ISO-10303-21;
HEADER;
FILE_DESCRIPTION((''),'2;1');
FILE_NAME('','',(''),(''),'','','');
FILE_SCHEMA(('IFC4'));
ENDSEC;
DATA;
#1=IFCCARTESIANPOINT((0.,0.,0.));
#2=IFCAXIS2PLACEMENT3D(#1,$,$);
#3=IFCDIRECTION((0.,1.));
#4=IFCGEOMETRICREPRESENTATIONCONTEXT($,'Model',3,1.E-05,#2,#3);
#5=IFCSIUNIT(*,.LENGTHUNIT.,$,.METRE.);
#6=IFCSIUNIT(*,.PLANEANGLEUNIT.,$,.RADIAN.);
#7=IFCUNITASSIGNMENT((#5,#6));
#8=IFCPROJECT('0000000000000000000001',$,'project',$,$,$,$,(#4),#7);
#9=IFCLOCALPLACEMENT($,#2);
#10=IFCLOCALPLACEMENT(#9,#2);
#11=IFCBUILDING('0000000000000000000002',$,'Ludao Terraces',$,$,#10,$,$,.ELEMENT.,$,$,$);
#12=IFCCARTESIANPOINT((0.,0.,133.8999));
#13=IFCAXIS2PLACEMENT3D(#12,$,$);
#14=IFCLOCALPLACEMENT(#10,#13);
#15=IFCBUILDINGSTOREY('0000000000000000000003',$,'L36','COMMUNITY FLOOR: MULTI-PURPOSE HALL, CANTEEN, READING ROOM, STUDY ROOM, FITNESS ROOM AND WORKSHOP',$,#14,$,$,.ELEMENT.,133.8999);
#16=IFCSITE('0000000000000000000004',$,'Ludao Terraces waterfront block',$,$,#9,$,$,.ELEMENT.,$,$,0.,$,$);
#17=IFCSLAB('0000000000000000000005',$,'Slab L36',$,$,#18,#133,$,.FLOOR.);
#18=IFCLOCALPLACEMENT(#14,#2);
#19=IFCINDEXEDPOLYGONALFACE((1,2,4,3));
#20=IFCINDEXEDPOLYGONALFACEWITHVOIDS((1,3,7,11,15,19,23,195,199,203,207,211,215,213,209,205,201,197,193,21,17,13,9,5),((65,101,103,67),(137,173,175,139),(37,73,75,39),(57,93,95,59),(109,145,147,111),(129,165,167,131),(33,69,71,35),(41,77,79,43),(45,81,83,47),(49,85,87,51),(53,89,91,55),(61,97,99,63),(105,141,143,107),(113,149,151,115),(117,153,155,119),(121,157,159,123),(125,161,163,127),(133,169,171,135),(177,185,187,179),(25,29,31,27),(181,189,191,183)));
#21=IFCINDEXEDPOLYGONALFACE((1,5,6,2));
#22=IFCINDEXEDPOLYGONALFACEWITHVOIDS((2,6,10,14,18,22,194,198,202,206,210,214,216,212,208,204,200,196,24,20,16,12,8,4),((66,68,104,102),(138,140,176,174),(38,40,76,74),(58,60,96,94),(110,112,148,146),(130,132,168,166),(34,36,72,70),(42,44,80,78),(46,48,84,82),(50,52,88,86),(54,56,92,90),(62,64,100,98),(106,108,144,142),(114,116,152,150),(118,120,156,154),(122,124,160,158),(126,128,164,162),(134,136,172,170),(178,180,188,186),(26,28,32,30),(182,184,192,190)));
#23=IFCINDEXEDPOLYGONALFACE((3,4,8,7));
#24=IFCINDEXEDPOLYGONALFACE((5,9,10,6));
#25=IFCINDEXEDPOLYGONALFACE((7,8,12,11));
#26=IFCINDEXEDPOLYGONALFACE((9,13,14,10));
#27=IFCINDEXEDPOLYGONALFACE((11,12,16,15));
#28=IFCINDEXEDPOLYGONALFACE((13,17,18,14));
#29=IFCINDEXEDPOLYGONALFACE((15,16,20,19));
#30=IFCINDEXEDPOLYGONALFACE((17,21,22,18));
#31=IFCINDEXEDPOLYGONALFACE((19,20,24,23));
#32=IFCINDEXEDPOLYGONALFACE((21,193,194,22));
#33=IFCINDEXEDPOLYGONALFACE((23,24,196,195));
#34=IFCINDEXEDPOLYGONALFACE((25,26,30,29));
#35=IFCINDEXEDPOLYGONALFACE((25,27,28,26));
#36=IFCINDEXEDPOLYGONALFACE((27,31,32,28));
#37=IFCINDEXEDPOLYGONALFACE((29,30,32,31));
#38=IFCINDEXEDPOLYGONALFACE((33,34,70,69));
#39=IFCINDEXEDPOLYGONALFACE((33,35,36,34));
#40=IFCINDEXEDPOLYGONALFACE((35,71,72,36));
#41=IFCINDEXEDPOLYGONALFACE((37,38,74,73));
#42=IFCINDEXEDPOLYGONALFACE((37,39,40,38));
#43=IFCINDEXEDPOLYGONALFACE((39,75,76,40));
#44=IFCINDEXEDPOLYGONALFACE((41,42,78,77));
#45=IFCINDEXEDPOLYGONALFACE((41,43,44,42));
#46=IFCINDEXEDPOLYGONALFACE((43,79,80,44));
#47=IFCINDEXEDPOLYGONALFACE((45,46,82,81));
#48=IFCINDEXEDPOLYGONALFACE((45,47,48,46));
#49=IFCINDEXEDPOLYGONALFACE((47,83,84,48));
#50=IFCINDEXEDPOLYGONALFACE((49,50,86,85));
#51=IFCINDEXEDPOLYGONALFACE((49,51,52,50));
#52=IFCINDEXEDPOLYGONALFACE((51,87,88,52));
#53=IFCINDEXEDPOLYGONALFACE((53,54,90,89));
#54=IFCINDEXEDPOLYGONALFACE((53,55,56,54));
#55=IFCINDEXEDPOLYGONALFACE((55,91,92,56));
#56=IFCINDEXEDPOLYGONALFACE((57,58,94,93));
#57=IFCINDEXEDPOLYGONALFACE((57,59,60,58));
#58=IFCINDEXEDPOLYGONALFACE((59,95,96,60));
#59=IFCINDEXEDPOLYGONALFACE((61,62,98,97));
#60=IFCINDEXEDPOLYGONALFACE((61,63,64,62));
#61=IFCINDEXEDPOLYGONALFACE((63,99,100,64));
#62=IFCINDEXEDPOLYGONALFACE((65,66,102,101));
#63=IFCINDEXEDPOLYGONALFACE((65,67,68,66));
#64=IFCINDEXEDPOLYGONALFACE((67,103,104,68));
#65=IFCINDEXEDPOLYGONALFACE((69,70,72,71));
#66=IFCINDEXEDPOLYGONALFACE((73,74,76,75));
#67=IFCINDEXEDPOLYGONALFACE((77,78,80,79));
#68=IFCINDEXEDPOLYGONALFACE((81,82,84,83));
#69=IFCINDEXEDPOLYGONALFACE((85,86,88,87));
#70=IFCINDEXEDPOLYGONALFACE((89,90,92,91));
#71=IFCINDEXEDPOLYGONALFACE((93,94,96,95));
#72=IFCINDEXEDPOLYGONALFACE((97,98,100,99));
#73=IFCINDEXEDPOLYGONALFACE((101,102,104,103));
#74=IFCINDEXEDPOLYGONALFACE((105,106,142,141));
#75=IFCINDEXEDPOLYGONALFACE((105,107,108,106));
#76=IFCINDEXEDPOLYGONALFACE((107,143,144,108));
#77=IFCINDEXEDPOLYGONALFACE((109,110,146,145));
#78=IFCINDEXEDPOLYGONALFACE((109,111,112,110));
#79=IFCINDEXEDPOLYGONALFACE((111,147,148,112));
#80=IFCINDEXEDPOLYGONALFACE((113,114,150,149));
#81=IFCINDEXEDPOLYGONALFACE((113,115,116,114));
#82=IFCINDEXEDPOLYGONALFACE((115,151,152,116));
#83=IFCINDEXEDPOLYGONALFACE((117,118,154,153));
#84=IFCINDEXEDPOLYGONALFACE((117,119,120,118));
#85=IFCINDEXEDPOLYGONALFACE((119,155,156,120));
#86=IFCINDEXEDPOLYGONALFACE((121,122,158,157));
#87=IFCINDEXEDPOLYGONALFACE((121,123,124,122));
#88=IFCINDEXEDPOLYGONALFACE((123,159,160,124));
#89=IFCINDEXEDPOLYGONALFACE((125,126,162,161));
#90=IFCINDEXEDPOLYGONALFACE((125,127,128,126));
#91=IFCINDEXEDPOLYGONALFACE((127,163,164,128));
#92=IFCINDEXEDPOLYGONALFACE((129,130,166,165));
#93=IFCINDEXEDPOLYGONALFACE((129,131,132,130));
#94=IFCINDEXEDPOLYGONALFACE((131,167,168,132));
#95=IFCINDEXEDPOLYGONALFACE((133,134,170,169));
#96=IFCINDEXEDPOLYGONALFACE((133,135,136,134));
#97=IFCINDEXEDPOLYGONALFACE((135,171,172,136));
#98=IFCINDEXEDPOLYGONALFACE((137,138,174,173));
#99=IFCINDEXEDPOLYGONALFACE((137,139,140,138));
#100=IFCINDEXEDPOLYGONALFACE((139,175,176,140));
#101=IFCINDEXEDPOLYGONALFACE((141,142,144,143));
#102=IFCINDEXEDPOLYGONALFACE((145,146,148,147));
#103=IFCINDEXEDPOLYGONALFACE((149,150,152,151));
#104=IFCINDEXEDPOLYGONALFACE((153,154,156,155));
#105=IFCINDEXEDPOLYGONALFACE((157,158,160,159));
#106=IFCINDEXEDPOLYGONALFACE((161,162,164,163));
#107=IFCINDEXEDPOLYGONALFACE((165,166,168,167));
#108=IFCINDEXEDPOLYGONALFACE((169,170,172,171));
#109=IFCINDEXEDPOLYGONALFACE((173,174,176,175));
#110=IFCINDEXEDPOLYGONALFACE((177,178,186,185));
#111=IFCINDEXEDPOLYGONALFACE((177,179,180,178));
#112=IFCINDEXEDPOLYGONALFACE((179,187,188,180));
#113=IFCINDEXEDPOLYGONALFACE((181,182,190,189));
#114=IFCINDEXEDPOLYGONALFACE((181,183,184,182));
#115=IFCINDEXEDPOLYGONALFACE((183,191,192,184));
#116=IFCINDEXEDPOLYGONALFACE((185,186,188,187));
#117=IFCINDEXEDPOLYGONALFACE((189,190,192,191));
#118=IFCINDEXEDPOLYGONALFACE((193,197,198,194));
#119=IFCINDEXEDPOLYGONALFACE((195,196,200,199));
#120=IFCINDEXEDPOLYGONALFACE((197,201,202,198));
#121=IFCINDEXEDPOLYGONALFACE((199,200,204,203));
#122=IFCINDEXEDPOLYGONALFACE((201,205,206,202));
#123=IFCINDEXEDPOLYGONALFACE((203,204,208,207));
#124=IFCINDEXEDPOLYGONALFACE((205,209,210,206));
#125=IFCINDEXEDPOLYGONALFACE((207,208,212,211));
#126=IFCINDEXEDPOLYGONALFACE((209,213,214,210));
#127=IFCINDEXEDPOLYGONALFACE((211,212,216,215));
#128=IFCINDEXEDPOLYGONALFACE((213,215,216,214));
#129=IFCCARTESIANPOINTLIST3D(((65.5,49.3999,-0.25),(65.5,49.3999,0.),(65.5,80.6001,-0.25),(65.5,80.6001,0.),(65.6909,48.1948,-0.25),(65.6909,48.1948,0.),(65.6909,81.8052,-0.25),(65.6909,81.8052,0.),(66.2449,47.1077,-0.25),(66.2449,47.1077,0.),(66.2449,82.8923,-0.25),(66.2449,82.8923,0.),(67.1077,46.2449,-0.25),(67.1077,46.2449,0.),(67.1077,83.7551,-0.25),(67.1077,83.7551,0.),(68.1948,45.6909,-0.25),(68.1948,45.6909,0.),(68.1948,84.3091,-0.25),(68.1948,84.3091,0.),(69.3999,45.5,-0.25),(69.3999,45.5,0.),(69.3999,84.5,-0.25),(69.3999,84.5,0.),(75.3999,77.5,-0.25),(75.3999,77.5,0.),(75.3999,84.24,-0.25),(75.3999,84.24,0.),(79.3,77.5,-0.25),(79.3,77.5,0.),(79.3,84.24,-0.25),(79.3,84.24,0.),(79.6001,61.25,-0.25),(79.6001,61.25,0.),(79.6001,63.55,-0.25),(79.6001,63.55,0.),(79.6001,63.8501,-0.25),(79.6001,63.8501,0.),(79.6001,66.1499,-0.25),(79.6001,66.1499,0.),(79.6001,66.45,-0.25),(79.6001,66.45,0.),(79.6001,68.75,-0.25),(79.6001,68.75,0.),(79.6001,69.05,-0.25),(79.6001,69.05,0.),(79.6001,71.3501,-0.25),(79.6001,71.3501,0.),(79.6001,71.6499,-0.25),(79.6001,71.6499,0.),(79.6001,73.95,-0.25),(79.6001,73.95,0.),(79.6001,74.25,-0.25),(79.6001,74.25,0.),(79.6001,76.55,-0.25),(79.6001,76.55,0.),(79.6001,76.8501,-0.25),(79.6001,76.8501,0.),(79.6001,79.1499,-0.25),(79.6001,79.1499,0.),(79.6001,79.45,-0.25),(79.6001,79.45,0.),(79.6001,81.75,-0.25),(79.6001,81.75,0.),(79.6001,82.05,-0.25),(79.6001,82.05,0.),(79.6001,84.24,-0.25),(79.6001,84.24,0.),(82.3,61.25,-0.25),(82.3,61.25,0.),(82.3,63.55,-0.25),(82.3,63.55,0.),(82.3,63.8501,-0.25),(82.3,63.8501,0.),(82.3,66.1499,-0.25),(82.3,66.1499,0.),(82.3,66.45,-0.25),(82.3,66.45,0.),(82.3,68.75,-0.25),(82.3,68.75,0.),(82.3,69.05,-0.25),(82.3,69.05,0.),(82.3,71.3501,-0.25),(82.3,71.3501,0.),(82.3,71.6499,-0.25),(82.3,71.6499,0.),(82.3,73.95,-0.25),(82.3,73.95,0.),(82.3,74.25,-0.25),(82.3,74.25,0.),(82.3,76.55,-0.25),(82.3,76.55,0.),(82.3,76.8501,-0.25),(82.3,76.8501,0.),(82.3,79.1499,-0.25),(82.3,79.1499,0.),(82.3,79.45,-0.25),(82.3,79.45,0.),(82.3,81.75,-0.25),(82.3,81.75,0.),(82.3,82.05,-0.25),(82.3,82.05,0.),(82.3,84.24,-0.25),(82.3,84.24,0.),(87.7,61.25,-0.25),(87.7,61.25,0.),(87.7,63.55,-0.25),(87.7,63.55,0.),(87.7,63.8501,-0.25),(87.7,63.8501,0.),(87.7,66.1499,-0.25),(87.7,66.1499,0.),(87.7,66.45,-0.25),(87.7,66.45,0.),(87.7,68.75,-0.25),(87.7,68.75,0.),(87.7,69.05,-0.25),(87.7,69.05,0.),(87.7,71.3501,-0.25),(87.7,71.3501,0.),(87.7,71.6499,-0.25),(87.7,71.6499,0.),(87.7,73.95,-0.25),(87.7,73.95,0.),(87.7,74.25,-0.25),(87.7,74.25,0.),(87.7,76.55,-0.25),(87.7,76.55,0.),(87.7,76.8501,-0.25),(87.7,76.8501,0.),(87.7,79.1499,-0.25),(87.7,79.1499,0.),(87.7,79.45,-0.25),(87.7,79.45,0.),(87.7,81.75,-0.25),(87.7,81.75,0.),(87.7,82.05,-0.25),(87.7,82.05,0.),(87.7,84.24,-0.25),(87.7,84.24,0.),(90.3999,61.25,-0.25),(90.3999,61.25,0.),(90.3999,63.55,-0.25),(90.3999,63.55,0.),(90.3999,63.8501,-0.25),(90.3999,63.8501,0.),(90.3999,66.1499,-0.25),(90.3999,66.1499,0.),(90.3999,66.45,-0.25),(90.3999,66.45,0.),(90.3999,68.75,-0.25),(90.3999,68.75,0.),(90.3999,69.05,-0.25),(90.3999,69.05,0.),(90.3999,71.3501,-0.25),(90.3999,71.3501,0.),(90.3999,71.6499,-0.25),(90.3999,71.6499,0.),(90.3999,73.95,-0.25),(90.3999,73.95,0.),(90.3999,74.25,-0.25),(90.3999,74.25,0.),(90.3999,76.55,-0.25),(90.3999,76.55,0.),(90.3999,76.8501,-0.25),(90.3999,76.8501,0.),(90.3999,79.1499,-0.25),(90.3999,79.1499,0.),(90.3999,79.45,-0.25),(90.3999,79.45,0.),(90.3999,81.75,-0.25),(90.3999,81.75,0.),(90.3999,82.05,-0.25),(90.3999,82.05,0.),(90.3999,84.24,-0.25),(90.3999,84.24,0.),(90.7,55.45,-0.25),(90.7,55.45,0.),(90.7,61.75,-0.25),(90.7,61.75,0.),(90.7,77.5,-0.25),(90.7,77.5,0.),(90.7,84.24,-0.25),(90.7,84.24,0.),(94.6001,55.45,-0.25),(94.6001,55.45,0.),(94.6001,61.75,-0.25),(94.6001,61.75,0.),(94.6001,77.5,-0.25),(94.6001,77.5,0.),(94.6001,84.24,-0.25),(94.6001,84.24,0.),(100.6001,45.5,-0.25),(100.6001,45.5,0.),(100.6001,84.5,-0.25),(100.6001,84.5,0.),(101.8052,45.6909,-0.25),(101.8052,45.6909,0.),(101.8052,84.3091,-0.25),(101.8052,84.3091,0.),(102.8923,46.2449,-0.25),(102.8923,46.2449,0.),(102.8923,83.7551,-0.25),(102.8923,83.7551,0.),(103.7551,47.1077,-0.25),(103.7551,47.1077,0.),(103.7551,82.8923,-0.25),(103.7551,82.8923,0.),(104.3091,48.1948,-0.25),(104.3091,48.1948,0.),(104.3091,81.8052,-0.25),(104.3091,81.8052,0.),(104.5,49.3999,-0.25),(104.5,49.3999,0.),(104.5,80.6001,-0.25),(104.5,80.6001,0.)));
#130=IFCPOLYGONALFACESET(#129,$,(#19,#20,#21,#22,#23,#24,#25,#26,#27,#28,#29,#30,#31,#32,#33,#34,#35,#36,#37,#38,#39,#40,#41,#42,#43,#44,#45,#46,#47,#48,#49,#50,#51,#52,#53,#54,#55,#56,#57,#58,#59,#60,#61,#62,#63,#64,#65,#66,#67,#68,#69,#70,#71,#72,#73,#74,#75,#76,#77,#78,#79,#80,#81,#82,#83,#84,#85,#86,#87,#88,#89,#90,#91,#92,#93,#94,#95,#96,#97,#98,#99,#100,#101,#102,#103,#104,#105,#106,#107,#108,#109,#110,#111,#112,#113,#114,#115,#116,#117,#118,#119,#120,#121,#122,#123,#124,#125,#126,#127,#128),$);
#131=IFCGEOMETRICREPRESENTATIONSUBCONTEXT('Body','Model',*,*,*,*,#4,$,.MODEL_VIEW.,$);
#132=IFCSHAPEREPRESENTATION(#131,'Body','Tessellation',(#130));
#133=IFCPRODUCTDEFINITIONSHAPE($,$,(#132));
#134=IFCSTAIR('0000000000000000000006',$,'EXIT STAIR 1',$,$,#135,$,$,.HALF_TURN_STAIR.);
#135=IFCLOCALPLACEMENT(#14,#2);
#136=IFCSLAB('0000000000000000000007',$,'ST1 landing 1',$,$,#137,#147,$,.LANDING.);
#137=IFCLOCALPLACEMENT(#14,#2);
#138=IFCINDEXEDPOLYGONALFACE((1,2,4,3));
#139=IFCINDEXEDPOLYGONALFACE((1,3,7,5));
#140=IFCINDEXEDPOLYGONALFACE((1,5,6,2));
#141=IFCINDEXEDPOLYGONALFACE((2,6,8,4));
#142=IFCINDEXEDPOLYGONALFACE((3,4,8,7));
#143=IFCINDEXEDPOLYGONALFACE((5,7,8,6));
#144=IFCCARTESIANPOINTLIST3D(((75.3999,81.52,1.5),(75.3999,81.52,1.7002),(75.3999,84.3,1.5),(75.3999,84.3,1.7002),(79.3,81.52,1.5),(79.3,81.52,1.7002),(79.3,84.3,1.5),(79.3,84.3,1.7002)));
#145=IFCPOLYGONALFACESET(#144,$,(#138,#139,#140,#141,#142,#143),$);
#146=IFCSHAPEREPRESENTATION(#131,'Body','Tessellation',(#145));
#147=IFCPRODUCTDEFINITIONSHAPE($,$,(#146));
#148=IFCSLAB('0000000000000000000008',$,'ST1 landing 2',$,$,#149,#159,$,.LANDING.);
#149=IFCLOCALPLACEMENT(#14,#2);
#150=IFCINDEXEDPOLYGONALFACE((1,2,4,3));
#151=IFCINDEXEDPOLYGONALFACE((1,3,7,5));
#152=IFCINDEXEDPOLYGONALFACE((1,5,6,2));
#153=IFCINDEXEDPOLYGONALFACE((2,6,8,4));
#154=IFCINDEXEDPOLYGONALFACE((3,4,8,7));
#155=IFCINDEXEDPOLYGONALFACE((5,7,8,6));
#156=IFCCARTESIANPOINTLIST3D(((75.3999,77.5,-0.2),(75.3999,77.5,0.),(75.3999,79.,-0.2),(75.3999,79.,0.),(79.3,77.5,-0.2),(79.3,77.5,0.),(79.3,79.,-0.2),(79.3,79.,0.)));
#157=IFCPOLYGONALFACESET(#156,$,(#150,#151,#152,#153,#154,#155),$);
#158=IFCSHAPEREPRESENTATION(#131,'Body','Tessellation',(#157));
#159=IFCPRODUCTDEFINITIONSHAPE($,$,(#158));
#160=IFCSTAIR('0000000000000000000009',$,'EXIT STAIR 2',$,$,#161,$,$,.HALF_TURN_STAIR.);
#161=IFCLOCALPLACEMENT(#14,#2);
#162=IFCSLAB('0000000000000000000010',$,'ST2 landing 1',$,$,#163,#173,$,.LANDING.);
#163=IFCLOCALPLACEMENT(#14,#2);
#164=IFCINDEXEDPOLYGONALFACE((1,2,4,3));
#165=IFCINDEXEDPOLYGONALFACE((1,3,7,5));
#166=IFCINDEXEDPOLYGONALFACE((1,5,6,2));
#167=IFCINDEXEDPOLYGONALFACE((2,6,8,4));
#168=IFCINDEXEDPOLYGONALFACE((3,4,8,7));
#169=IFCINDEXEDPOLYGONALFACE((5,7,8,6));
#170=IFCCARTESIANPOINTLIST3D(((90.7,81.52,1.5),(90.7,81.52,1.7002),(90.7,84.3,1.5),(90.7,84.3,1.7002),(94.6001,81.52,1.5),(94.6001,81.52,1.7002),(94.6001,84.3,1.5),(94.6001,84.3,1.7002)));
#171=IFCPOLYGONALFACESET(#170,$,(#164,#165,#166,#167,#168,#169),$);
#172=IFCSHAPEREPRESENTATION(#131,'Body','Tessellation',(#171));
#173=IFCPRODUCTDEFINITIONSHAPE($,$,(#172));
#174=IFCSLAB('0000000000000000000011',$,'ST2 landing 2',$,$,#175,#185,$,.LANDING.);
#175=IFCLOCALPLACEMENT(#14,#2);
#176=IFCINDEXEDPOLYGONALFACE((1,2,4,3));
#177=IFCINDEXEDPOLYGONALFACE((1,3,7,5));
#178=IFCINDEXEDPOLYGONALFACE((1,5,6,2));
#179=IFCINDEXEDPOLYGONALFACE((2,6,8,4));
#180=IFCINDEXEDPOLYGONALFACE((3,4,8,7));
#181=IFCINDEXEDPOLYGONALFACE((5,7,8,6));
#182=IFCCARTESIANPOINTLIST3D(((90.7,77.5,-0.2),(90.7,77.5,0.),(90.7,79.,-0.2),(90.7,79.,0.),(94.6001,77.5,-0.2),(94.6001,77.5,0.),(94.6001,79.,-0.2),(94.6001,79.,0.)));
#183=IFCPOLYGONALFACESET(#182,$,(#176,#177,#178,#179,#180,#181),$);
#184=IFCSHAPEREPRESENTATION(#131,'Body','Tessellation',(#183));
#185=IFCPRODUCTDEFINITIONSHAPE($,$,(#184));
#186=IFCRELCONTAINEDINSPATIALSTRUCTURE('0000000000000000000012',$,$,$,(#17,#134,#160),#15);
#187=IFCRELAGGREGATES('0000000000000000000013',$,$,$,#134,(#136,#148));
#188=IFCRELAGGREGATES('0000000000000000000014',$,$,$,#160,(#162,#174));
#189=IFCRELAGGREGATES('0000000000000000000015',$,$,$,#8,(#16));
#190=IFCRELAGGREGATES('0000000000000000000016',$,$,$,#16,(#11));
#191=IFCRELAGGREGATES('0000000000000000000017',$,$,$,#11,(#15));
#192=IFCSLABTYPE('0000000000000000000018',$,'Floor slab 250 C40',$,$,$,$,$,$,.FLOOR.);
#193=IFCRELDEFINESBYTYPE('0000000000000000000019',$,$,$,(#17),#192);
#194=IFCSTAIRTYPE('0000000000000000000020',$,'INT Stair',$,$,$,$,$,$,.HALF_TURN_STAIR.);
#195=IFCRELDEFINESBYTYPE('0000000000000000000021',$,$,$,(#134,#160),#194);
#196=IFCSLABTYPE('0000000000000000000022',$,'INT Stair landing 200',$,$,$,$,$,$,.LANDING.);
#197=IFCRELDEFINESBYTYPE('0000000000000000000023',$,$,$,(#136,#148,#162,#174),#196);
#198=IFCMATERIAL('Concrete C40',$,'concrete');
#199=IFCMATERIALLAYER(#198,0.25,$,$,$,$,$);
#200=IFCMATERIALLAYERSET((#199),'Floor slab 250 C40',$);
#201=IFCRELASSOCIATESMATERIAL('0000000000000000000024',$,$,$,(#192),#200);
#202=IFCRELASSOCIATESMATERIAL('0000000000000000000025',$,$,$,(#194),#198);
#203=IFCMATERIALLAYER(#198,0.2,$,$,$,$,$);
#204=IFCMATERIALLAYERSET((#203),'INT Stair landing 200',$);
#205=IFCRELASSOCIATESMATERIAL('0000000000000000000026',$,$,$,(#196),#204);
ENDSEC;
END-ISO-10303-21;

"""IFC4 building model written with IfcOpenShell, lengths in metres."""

from ifc_helpers import new_model, si_unit, direction, frame, origin, place, context, subcontext, project, spatial, polyline, outline, extrude, material, layer, layer_set, type_object, element, aggregate, save


model = new_model("IFC4")

# Units and contexts
model_context = context("Model", 3, precision=1e-05, world=origin(), true_north=direction((0.0, 1.0)))
body_context = subcontext(model_context, "Body", "Model", "MODEL_VIEW")
ifc_project = project(units=[si_unit("LENGTHUNIT", "METRE"), si_unit("PLANEANGLEUNIT", "RADIAN")], contexts=[model_context])

# Site, building, storey
site_placement = place(None, origin())
site = spatial("IfcSite", under=ifc_project, at=site_placement, Name="Ludao Terraces waterfront block", CompositionType="ELEMENT", RefElevation=0.0)
building_placement = place(site_placement, origin())
building = spatial("IfcBuilding", under=site, at=building_placement, Name="Ludao Terraces", CompositionType="ELEMENT")
storey_placement = place(building_placement, frame((0.0, 0.0, 133.8999)))
storey = spatial("IfcBuildingStorey", under=building, at=storey_placement, Name="L36", Description="COMMUNITY FLOOR: MULTI-PURPOSE HALL, CANTEEN, READING ROOM, STUDY ROOM, FITNESS ROOM AND WORKSHOP", CompositionType="ELEMENT", Elevation=133.8999)

# Shared definitions
ifc_material_1 = material(Name="Concrete C40", Category="concrete")

# Slab
ifc_layer_1 = layer(ifc_material_1, 0.25)
ifc_layer_set_1 = layer_set([ifc_layer_1], Name="Floor slab 250 C40")
slab_type_1 = type_object("IfcSlabType", Name="Floor slab 250 C40", PredefinedType="FLOOR", material=ifc_layer_set_1)
slab_1_placement = place(storey_placement, frame((0.0, 0.0, -0.25)))
element("IfcSlab", 1, at=slab_1_placement, inside=storey, type_object=slab_type_1, Name="Slab L36", PredefinedType="FLOOR", context=body_context, shape_type="SweptSolid", body=[
    extrude(outline(polyline([(100.6001, 45.5), (101.8052, 45.6909), (102.8923, 46.2449), (103.7551, 47.1077), (104.3091, 48.1948), (104.5, 49.3999), (104.5, 80.6001), (104.3091, 81.8052), (103.7551, 82.8923), (102.8923, 83.7551), (101.8052, 84.3091), (100.6001, 84.5), (69.3999, 84.5), (68.1948, 84.3091), (67.1077, 83.7551), (66.2449, 82.8923), (65.6909, 81.8052), (65.5, 80.6001), (65.5, 49.3999), (65.6909, 48.1948), (66.2449, 47.1077), (67.1077, 46.2449), (68.1948, 45.6909), (69.3999, 45.5), (100.6001, 45.5)]), holes=[polyline([(79.6001, 61.25), (82.3, 61.25), (82.3, 63.55), (79.6001, 63.55), (79.6001, 61.25)]), polyline([(79.6001, 63.8501), (82.3, 63.8501), (82.3, 66.1499), (79.6001, 66.1499), (79.6001, 63.8501)]), polyline([(79.6001, 66.45), (82.3, 66.45), (82.3, 68.75), (79.6001, 68.75), (79.6001, 66.45)]), polyline([(79.6001, 69.05), (82.3, 69.05), (82.3, 71.3501), (79.6001, 71.3501), (79.6001, 69.05)]), polyline([(79.6001, 71.6499), (82.3, 71.6499), (82.3, 73.95), (79.6001, 73.95), (79.6001, 71.6499)]), polyline([(79.6001, 74.25), (82.3, 74.25), (82.3, 76.55), (79.6001, 76.55), (79.6001, 74.25)]), polyline([(79.6001, 76.8501), (82.3, 76.8501), (82.3, 79.1499), (79.6001, 79.1499), (79.6001, 76.8501)]), polyline([(79.6001, 79.45), (82.3, 79.45), (82.3, 81.75), (79.6001, 81.75), (79.6001, 79.45)]), polyline([(79.6001, 82.05), (82.3, 82.05), (82.3, 84.24), (79.6001, 84.24), (79.6001, 82.05)]), polyline([(87.7, 61.25), (90.3999, 61.25), (90.3999, 63.55), (87.7, 63.55), (87.7, 61.25)]), polyline([(87.7, 63.8501), (90.3999, 63.8501), (90.3999, 66.1499), (87.7, 66.1499), (87.7, 63.8501)]), polyline([(87.7, 66.45), (90.3999, 66.45), (90.3999, 68.75), (87.7, 68.75), (87.7, 66.45)]), polyline([(87.7, 69.05), (90.3999, 69.05), (90.3999, 71.3501), (87.7, 71.3501), (87.7, 69.05)]), polyline([(87.7, 71.6499), (90.3999, 71.6499), (90.3999, 73.95), (87.7, 73.95), (87.7, 71.6499)]), polyline([(87.7, 74.25), (90.3999, 74.25), (90.3999, 76.55), (87.7, 76.55), (87.7, 74.25)]), polyline([(87.7, 76.8501), (90.3999, 76.8501), (90.3999, 79.1499), (87.7, 79.1499), (87.7, 76.8501)]), polyline([(87.7, 79.45), (90.3999, 79.45), (90.3999, 81.75), (87.7, 81.75), (87.7, 79.45)]), polyline([(87.7, 82.05), (90.3999, 82.05), (90.3999, 84.24), (87.7, 84.24), (87.7, 82.05)]), polyline([(75.3999, 77.5), (79.3, 77.5), (79.3, 84.24), (75.3999, 84.24), (75.3999, 77.5)]), polyline([(90.7, 77.5), (94.6001, 77.5), (94.6001, 84.24), (90.7, 84.24), (90.7, 77.5)]), polyline([(90.7, 55.45), (94.6001, 55.45), (94.6001, 61.75), (90.7, 61.75), (90.7, 55.45)])]), origin(), (0.0, 0.0, 1.0), 0.25),
])

# Stairs, slabs
stair_type = type_object("IfcStairType", Name="INT Stair", PredefinedType="HALF_TURN_STAIR", material=ifc_material_1)
stair_1_placement = place(storey_placement, origin())
stair_1 = element("IfcStair", 2, at=stair_1_placement, inside=storey, type_object=stair_type, Name="EXIT STAIR 1", PredefinedType="HALF_TURN_STAIR")
ifc_layer_2 = layer(ifc_material_1, 0.2)
ifc_layer_set_2 = layer_set([ifc_layer_2], Name="INT Stair landing 200")
slab_type_2 = type_object("IfcSlabType", Name="INT Stair landing 200", PredefinedType="LANDING", material=ifc_layer_set_2)
slab_2_placement = place(storey_placement, frame((0.0, 0.0, 1.5)))
slab_2 = element("IfcSlab", 3, at=slab_2_placement, type_object=slab_type_2, Name="ST1 landing 1", PredefinedType="LANDING", context=body_context, shape_type="SweptSolid", body=[
    extrude(outline(polyline([(75.3999, 81.52), (79.3, 81.52), (79.3, 84.3), (75.3999, 84.3), (75.3999, 81.52)])), origin(), (0.0, 0.0, 1.0), 0.2002),
])
slab_3_placement = place(storey_placement, frame((0.0, 0.0, -0.2)))
slab_3 = element("IfcSlab", 4, at=slab_3_placement, type_object=slab_type_2, Name="ST1 landing 2", PredefinedType="LANDING", context=body_context, shape_type="SweptSolid", body=[
    extrude(outline(polyline([(75.3999, 77.5), (79.3, 77.5), (79.3, 79.0), (75.3999, 79.0), (75.3999, 77.5)])), origin(), (0.0, 0.0, 1.0), 0.2),
])
aggregate(stair_1, [slab_2, slab_3])
stair_2_placement = place(storey_placement, origin())
stair_2 = element("IfcStair", 5, at=stair_2_placement, inside=storey, type_object=stair_type, Name="EXIT STAIR 2", PredefinedType="HALF_TURN_STAIR")
slab_4_placement = place(storey_placement, frame((0.0, 0.0, 1.5)))
slab_4 = element("IfcSlab", 6, at=slab_4_placement, type_object=slab_type_2, Name="ST2 landing 1", PredefinedType="LANDING", context=body_context, shape_type="SweptSolid", body=[
    extrude(outline(polyline([(90.7, 81.52), (94.6001, 81.52), (94.6001, 84.3), (90.7, 84.3), (90.7, 81.52)])), origin(), (0.0, 0.0, 1.0), 0.2002),
])
slab_5_placement = place(storey_placement, frame((0.0, 0.0, -0.2)))
slab_5 = element("IfcSlab", 7, at=slab_5_placement, type_object=slab_type_2, Name="ST2 landing 2", PredefinedType="LANDING", context=body_context, shape_type="SweptSolid", body=[
    extrude(outline(polyline([(90.7, 77.5), (94.6001, 77.5), (94.6001, 79.0), (90.7, 79.0), (90.7, 77.5)])), origin(), (0.0, 0.0, 1.0), 0.2),
])
aggregate(stair_2, [slab_4, slab_5])

save(model, "model.ifc")
